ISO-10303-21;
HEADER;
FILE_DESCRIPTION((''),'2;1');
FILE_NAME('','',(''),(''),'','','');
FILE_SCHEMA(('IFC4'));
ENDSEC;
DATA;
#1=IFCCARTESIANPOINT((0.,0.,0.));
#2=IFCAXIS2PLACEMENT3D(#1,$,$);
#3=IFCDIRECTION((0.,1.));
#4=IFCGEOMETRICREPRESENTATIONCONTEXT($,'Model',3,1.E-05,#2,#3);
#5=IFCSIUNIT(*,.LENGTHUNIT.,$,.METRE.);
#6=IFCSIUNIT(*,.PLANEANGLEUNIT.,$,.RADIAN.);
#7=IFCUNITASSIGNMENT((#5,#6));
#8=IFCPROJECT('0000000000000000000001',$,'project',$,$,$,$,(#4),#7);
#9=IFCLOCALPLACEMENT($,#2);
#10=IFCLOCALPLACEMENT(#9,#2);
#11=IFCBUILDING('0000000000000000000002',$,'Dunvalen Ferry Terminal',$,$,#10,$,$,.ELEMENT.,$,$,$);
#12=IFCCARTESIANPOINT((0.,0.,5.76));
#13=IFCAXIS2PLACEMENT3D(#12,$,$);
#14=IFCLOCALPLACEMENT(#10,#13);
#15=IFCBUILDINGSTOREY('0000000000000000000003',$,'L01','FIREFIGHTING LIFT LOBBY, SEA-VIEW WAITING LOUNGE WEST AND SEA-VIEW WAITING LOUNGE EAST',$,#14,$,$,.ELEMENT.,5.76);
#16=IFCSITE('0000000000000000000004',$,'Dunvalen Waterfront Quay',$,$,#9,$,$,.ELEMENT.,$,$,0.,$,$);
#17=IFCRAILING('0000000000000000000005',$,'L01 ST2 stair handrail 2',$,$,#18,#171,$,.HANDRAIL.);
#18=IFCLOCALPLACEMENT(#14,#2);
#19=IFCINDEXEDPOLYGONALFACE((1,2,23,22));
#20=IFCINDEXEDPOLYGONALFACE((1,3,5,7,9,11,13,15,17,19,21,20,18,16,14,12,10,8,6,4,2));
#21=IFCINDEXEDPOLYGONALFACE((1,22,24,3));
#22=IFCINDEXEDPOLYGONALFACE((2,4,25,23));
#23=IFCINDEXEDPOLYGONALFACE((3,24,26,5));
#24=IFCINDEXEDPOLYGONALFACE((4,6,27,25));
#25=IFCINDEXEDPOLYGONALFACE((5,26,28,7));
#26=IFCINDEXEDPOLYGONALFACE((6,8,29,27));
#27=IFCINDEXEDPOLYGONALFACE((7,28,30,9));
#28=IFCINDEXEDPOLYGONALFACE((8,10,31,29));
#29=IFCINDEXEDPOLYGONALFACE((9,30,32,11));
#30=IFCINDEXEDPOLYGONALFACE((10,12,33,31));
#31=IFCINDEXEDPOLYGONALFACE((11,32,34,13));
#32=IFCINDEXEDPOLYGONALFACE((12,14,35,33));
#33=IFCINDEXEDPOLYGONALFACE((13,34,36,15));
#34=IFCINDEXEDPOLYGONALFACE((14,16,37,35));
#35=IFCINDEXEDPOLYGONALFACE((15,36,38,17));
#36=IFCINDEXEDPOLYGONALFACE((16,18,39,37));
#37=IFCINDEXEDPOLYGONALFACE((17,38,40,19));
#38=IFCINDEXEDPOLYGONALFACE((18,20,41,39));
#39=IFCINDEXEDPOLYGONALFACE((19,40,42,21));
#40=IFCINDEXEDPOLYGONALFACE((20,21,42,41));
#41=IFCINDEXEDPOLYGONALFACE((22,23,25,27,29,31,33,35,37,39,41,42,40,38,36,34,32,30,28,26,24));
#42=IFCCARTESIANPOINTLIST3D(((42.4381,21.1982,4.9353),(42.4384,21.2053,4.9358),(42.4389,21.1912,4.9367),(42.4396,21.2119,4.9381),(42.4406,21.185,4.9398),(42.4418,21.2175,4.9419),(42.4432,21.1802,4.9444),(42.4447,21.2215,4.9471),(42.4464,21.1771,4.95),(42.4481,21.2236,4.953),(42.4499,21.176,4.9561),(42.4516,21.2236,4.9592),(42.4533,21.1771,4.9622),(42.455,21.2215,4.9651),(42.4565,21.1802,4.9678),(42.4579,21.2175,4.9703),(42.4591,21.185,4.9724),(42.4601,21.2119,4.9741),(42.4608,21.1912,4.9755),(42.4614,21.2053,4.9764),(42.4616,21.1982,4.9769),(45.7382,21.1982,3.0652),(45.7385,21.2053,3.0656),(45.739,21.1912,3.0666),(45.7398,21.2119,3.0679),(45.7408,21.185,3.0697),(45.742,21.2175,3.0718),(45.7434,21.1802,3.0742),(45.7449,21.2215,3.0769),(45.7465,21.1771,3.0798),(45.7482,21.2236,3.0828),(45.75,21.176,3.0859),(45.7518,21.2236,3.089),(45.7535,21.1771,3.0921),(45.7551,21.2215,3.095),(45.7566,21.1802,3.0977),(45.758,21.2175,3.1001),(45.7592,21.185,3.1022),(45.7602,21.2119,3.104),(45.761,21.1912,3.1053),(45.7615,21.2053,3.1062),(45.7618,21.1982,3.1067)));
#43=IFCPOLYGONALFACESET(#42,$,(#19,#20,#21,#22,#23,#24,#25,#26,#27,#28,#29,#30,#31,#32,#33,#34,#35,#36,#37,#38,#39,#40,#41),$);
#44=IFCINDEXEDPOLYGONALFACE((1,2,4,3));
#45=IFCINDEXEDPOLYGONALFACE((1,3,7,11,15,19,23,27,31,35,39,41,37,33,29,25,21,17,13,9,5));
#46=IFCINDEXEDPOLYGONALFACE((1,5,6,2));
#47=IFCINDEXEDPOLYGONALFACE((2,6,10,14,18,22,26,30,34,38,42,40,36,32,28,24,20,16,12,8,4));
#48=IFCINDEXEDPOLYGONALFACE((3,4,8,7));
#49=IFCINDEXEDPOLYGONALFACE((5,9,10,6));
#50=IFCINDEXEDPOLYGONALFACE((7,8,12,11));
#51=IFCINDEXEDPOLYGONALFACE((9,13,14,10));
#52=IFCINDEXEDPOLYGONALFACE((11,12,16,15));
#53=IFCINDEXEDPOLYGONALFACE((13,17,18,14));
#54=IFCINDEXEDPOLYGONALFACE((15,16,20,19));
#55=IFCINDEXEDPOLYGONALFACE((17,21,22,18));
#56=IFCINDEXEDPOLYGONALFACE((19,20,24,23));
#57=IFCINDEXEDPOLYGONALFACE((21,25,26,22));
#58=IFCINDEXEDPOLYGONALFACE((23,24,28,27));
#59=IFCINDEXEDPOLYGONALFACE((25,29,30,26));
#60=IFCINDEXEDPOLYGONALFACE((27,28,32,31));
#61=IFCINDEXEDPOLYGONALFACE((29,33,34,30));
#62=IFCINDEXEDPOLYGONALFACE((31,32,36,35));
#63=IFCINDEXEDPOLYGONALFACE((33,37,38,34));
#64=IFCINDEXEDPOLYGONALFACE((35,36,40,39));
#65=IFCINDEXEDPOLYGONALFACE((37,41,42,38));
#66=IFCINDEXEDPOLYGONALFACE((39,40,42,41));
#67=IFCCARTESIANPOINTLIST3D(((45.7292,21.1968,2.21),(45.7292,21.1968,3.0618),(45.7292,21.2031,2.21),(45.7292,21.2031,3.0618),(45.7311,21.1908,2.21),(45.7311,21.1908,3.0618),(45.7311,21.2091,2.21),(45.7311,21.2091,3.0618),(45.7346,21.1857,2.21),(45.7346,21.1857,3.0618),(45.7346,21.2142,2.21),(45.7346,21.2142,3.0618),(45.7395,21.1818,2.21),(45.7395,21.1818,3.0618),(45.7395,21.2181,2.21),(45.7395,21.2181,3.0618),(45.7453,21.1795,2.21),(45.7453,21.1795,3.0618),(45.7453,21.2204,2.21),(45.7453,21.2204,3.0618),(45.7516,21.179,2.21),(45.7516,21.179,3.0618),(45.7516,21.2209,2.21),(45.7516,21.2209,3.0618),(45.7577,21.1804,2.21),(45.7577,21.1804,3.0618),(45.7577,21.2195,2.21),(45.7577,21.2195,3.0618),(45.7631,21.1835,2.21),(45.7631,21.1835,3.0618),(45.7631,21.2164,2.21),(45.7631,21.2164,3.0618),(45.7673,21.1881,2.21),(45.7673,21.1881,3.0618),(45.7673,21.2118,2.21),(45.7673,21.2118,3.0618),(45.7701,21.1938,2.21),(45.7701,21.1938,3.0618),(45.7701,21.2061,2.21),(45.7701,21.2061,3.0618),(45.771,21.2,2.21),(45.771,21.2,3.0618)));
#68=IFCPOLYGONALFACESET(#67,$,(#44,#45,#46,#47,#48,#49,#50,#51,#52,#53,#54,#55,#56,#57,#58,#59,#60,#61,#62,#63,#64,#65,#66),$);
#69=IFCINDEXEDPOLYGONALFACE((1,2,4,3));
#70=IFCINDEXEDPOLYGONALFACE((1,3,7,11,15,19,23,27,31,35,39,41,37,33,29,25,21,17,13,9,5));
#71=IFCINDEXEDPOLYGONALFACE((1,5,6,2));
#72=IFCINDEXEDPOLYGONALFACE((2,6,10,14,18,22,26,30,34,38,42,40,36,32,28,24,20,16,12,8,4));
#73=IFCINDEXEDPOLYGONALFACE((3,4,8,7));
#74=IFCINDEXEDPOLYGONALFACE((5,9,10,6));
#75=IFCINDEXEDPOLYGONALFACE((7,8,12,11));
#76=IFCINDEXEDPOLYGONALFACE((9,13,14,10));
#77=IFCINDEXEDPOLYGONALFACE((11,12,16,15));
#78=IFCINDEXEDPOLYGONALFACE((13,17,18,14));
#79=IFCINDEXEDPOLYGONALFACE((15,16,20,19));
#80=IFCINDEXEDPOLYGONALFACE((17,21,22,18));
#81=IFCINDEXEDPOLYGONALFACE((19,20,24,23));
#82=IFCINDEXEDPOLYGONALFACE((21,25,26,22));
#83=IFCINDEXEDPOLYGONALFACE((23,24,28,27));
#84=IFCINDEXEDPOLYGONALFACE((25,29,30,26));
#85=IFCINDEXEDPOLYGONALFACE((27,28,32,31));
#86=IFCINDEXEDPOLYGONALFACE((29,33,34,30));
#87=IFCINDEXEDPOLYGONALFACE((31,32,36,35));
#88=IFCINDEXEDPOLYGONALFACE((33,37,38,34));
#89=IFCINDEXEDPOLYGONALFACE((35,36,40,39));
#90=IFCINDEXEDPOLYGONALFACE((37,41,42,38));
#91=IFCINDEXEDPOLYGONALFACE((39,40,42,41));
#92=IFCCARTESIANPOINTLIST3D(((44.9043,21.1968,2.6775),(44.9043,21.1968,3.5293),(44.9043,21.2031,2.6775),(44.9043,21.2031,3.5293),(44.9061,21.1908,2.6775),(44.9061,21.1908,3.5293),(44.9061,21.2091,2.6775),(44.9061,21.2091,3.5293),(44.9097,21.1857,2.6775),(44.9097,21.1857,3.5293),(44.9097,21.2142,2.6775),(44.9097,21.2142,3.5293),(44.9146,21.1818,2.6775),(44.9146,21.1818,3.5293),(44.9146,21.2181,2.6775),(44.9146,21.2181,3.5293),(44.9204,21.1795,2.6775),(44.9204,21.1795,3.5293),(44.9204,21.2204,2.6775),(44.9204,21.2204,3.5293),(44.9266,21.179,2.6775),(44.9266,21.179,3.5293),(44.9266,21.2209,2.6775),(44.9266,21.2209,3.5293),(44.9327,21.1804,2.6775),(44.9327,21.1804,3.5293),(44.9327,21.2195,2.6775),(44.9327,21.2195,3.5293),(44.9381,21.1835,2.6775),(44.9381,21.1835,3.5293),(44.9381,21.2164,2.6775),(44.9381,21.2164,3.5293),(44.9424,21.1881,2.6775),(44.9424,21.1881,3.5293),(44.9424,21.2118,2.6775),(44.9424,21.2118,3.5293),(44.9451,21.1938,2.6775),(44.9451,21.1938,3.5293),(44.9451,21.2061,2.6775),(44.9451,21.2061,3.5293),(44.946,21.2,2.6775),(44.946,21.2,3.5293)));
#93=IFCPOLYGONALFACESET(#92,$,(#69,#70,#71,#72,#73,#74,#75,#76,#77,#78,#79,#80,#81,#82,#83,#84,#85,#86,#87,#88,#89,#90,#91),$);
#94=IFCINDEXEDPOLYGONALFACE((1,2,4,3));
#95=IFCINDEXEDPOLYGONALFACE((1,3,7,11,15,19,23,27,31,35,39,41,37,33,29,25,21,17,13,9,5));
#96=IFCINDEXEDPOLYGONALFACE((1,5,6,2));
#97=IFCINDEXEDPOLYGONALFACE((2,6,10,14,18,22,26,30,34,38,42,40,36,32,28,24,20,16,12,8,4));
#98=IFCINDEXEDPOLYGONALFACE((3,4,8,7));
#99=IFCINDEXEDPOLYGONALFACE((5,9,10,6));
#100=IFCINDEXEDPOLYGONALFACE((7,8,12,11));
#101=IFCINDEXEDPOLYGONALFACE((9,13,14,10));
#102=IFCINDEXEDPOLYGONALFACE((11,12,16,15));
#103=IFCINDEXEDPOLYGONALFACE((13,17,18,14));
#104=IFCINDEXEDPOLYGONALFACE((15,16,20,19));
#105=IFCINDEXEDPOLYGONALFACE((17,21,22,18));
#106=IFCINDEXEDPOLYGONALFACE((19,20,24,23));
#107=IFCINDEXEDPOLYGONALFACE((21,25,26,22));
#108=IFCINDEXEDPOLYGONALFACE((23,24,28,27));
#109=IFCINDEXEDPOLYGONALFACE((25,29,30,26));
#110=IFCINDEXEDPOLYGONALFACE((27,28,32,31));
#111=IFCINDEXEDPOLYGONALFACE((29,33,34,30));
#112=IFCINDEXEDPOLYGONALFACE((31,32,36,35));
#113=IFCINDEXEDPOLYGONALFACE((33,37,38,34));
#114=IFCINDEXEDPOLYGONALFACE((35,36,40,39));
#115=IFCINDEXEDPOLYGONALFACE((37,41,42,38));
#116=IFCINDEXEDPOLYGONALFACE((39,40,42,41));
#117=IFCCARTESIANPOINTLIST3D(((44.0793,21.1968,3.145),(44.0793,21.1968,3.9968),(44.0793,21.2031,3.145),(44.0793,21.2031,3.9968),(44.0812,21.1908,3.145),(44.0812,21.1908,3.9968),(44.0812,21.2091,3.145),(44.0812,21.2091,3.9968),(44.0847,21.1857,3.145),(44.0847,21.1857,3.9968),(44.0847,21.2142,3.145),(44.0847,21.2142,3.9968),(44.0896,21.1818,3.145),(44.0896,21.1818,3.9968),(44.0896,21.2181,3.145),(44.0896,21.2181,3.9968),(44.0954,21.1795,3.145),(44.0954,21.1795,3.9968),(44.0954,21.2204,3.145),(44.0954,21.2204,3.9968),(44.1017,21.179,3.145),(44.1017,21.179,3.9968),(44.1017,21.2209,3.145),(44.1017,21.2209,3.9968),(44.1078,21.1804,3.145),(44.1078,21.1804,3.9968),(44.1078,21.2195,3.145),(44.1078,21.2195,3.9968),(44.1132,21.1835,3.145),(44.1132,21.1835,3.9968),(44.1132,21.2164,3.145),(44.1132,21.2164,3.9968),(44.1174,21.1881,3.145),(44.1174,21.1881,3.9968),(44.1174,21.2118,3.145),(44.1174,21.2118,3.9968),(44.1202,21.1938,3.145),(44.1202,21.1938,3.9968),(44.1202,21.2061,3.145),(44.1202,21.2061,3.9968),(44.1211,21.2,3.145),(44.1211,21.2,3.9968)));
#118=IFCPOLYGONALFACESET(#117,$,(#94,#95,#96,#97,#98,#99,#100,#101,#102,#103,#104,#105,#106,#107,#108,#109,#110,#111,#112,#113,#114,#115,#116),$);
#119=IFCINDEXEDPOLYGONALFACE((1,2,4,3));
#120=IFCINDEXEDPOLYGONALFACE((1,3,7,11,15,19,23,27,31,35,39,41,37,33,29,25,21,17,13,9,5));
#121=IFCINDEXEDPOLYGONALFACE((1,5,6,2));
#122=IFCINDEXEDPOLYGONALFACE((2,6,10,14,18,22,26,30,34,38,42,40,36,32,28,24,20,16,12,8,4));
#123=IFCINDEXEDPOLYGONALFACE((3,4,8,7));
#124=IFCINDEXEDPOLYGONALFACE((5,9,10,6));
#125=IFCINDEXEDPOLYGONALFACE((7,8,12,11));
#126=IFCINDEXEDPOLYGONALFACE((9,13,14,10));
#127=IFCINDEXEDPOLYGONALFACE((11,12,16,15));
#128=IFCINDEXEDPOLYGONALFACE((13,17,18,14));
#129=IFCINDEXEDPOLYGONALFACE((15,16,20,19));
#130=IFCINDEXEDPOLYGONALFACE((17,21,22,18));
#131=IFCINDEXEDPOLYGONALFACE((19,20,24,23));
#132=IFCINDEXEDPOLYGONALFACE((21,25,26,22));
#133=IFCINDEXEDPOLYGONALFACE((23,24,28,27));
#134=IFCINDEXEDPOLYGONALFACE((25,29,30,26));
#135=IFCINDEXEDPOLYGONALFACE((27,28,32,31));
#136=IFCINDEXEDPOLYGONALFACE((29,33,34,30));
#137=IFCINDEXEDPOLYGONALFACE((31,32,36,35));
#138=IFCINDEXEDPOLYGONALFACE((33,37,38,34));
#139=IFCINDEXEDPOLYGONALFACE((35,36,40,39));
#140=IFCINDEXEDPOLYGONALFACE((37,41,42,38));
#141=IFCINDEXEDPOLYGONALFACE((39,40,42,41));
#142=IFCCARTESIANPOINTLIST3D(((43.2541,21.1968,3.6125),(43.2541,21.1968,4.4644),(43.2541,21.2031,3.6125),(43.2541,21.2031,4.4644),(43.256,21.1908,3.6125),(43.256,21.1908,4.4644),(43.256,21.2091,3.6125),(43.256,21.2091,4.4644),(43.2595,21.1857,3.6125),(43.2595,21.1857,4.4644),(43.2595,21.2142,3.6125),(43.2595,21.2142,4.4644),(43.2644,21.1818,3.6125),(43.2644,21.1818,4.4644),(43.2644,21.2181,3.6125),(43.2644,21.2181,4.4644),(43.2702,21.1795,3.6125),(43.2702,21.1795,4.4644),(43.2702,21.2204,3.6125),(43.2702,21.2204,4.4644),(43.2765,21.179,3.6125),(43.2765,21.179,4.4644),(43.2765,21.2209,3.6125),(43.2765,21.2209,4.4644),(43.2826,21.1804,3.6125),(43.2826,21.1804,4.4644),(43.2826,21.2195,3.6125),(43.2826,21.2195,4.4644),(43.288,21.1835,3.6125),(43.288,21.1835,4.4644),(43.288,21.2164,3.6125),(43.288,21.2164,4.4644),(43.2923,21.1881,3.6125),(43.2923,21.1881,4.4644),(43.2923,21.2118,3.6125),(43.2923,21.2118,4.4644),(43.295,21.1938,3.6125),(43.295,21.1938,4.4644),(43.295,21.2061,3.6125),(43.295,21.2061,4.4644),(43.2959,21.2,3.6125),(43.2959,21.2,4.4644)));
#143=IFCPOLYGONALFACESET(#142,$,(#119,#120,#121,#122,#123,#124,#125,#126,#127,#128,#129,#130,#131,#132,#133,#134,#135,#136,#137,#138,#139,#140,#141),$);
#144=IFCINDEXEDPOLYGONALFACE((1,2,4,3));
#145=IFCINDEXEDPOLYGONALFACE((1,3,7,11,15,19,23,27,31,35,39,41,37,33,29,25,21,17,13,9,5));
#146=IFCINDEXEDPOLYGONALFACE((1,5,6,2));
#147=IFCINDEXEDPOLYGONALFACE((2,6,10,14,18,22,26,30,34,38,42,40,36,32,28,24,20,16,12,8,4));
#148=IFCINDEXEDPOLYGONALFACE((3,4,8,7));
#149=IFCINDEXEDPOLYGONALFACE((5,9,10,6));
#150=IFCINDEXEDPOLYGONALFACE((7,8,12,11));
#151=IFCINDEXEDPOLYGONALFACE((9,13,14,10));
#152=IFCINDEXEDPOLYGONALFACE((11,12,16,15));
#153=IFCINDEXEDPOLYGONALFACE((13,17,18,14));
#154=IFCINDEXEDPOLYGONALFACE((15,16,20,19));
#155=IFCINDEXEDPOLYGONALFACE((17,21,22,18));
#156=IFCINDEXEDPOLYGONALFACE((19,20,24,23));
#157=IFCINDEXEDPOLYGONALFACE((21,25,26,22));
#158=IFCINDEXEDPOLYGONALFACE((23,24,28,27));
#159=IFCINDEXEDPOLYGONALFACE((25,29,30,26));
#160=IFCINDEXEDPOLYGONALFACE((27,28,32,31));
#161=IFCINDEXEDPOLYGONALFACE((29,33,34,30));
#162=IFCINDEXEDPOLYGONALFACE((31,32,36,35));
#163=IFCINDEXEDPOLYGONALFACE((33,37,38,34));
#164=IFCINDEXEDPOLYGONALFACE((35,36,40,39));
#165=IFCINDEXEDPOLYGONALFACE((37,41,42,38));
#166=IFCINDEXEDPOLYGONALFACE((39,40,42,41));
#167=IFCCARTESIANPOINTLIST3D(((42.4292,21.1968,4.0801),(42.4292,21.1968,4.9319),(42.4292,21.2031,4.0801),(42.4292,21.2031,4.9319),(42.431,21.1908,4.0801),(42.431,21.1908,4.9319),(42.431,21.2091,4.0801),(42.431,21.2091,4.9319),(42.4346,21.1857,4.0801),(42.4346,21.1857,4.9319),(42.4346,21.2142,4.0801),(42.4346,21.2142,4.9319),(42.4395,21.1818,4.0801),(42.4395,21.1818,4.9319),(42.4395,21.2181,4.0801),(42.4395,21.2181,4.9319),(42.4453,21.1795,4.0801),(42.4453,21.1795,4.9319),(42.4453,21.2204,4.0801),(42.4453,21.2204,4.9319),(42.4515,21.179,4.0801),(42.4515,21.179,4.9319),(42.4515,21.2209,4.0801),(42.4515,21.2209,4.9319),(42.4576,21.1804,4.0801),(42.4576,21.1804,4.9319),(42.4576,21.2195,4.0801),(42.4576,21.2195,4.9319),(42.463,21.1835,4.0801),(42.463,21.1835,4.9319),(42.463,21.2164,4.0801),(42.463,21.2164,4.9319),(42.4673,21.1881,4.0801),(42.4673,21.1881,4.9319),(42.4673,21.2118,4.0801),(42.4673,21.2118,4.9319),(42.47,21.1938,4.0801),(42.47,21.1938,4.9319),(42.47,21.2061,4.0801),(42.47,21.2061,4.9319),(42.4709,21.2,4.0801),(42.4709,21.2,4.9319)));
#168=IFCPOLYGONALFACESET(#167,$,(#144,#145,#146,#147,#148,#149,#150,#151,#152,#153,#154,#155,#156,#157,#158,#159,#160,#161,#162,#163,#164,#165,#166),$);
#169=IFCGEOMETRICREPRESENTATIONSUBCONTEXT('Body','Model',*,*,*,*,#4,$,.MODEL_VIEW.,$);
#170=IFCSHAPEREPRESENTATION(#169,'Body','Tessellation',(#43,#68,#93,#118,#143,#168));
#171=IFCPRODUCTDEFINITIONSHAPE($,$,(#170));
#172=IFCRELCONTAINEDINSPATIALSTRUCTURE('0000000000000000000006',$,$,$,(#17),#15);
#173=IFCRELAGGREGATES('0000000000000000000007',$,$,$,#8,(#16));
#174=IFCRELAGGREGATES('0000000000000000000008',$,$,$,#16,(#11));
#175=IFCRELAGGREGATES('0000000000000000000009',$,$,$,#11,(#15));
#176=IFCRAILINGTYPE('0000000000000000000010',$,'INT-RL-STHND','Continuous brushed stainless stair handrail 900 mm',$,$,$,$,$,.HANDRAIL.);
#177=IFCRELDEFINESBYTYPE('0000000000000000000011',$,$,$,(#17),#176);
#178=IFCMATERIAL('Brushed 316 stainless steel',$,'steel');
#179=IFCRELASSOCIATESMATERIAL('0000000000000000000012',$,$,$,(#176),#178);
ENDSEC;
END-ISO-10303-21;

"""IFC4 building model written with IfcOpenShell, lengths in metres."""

from ifc_helpers import new_model, si_unit, direction, frame, origin, origin_2d, place, context, subcontext, project, spatial, circle, extrude, material, type_object, element, save


model = new_model("IFC4")

# Units and contexts
model_context = context("Model", 3, precision=1e-05, world=origin(), true_north=direction((0.0, 1.0)))
body_context = subcontext(model_context, "Body", "Model", "MODEL_VIEW")
ifc_project = project(units=[si_unit("LENGTHUNIT", "METRE"), si_unit("PLANEANGLEUNIT", "RADIAN")], contexts=[model_context])

# Site, building, storey
site_placement = place(None, origin())
site = spatial("IfcSite", under=ifc_project, at=site_placement, Name="Dunvalen Waterfront Quay", CompositionType="ELEMENT", RefElevation=0.0)
building_placement = place(site_placement, origin())
building = spatial("IfcBuilding", under=site, at=building_placement, Name="Dunvalen Ferry Terminal", CompositionType="ELEMENT")
storey_placement = place(building_placement, frame((0.0, 0.0, 5.76)))
storey = spatial("IfcBuildingStorey", under=building, at=storey_placement, Name="L01", Description="FIREFIGHTING LIFT LOBBY, SEA-VIEW WAITING LOUNGE WEST AND SEA-VIEW WAITING LOUNGE EAST", CompositionType="ELEMENT", Elevation=5.76)

# Shared definitions
ifc_material_1 = material(Name="Brushed 316 stainless steel", Category="steel")

# Railing
railing_type_1 = type_object("IfcRailingType", Name="INT-RL-STHND", Description="Continuous brushed stainless stair handrail 900 mm", PredefinedType="HANDRAIL", material=ifc_material_1)
railing_1_placement = place(storey_placement, frame((45.75, 21.2, 2.21)))
element("IfcRailing", 1, at=railing_1_placement, inside=storey, type_object=railing_type_1, Name="L01 ST2 stair handrail 2", PredefinedType="HANDRAIL", context=body_context, shape_type="SweptSolid", body=[
    extrude(circle(Radius=0.0239, at=origin_2d()), frame((0.0, 0.0, 0.876), z_axis=(-0.870012, 0.0, 0.49303), x_axis=(0.0, -1.0, 0.0)), (0.0, 0.0, 1.0), 3.7932),
    extrude(circle(Radius=0.021, at=origin_2d()), origin(), (0.0, 0.0, 1.0), 0.8518),
    extrude(circle(Radius=0.021, at=origin_2d()), frame((-0.825, 0.0, 0.4675)), (0.0, 0.0, 1.0), 0.8518),
    extrude(circle(Radius=0.021, at=origin_2d()), frame((-1.6499, 0.0, 0.9351)), (0.0, 0.0, 1.0), 0.8518),
    extrude(circle(Radius=0.021, at=origin_2d()), frame((-2.4751, 0.0, 1.4026)), (0.0, 0.0, 1.0), 0.8518),
    extrude(circle(Radius=0.021, at=origin_2d()), frame((-3.3, 0.0, 1.8701)), (0.0, 0.0, 1.0), 0.8518),
])

save(model, "model.ifc")
